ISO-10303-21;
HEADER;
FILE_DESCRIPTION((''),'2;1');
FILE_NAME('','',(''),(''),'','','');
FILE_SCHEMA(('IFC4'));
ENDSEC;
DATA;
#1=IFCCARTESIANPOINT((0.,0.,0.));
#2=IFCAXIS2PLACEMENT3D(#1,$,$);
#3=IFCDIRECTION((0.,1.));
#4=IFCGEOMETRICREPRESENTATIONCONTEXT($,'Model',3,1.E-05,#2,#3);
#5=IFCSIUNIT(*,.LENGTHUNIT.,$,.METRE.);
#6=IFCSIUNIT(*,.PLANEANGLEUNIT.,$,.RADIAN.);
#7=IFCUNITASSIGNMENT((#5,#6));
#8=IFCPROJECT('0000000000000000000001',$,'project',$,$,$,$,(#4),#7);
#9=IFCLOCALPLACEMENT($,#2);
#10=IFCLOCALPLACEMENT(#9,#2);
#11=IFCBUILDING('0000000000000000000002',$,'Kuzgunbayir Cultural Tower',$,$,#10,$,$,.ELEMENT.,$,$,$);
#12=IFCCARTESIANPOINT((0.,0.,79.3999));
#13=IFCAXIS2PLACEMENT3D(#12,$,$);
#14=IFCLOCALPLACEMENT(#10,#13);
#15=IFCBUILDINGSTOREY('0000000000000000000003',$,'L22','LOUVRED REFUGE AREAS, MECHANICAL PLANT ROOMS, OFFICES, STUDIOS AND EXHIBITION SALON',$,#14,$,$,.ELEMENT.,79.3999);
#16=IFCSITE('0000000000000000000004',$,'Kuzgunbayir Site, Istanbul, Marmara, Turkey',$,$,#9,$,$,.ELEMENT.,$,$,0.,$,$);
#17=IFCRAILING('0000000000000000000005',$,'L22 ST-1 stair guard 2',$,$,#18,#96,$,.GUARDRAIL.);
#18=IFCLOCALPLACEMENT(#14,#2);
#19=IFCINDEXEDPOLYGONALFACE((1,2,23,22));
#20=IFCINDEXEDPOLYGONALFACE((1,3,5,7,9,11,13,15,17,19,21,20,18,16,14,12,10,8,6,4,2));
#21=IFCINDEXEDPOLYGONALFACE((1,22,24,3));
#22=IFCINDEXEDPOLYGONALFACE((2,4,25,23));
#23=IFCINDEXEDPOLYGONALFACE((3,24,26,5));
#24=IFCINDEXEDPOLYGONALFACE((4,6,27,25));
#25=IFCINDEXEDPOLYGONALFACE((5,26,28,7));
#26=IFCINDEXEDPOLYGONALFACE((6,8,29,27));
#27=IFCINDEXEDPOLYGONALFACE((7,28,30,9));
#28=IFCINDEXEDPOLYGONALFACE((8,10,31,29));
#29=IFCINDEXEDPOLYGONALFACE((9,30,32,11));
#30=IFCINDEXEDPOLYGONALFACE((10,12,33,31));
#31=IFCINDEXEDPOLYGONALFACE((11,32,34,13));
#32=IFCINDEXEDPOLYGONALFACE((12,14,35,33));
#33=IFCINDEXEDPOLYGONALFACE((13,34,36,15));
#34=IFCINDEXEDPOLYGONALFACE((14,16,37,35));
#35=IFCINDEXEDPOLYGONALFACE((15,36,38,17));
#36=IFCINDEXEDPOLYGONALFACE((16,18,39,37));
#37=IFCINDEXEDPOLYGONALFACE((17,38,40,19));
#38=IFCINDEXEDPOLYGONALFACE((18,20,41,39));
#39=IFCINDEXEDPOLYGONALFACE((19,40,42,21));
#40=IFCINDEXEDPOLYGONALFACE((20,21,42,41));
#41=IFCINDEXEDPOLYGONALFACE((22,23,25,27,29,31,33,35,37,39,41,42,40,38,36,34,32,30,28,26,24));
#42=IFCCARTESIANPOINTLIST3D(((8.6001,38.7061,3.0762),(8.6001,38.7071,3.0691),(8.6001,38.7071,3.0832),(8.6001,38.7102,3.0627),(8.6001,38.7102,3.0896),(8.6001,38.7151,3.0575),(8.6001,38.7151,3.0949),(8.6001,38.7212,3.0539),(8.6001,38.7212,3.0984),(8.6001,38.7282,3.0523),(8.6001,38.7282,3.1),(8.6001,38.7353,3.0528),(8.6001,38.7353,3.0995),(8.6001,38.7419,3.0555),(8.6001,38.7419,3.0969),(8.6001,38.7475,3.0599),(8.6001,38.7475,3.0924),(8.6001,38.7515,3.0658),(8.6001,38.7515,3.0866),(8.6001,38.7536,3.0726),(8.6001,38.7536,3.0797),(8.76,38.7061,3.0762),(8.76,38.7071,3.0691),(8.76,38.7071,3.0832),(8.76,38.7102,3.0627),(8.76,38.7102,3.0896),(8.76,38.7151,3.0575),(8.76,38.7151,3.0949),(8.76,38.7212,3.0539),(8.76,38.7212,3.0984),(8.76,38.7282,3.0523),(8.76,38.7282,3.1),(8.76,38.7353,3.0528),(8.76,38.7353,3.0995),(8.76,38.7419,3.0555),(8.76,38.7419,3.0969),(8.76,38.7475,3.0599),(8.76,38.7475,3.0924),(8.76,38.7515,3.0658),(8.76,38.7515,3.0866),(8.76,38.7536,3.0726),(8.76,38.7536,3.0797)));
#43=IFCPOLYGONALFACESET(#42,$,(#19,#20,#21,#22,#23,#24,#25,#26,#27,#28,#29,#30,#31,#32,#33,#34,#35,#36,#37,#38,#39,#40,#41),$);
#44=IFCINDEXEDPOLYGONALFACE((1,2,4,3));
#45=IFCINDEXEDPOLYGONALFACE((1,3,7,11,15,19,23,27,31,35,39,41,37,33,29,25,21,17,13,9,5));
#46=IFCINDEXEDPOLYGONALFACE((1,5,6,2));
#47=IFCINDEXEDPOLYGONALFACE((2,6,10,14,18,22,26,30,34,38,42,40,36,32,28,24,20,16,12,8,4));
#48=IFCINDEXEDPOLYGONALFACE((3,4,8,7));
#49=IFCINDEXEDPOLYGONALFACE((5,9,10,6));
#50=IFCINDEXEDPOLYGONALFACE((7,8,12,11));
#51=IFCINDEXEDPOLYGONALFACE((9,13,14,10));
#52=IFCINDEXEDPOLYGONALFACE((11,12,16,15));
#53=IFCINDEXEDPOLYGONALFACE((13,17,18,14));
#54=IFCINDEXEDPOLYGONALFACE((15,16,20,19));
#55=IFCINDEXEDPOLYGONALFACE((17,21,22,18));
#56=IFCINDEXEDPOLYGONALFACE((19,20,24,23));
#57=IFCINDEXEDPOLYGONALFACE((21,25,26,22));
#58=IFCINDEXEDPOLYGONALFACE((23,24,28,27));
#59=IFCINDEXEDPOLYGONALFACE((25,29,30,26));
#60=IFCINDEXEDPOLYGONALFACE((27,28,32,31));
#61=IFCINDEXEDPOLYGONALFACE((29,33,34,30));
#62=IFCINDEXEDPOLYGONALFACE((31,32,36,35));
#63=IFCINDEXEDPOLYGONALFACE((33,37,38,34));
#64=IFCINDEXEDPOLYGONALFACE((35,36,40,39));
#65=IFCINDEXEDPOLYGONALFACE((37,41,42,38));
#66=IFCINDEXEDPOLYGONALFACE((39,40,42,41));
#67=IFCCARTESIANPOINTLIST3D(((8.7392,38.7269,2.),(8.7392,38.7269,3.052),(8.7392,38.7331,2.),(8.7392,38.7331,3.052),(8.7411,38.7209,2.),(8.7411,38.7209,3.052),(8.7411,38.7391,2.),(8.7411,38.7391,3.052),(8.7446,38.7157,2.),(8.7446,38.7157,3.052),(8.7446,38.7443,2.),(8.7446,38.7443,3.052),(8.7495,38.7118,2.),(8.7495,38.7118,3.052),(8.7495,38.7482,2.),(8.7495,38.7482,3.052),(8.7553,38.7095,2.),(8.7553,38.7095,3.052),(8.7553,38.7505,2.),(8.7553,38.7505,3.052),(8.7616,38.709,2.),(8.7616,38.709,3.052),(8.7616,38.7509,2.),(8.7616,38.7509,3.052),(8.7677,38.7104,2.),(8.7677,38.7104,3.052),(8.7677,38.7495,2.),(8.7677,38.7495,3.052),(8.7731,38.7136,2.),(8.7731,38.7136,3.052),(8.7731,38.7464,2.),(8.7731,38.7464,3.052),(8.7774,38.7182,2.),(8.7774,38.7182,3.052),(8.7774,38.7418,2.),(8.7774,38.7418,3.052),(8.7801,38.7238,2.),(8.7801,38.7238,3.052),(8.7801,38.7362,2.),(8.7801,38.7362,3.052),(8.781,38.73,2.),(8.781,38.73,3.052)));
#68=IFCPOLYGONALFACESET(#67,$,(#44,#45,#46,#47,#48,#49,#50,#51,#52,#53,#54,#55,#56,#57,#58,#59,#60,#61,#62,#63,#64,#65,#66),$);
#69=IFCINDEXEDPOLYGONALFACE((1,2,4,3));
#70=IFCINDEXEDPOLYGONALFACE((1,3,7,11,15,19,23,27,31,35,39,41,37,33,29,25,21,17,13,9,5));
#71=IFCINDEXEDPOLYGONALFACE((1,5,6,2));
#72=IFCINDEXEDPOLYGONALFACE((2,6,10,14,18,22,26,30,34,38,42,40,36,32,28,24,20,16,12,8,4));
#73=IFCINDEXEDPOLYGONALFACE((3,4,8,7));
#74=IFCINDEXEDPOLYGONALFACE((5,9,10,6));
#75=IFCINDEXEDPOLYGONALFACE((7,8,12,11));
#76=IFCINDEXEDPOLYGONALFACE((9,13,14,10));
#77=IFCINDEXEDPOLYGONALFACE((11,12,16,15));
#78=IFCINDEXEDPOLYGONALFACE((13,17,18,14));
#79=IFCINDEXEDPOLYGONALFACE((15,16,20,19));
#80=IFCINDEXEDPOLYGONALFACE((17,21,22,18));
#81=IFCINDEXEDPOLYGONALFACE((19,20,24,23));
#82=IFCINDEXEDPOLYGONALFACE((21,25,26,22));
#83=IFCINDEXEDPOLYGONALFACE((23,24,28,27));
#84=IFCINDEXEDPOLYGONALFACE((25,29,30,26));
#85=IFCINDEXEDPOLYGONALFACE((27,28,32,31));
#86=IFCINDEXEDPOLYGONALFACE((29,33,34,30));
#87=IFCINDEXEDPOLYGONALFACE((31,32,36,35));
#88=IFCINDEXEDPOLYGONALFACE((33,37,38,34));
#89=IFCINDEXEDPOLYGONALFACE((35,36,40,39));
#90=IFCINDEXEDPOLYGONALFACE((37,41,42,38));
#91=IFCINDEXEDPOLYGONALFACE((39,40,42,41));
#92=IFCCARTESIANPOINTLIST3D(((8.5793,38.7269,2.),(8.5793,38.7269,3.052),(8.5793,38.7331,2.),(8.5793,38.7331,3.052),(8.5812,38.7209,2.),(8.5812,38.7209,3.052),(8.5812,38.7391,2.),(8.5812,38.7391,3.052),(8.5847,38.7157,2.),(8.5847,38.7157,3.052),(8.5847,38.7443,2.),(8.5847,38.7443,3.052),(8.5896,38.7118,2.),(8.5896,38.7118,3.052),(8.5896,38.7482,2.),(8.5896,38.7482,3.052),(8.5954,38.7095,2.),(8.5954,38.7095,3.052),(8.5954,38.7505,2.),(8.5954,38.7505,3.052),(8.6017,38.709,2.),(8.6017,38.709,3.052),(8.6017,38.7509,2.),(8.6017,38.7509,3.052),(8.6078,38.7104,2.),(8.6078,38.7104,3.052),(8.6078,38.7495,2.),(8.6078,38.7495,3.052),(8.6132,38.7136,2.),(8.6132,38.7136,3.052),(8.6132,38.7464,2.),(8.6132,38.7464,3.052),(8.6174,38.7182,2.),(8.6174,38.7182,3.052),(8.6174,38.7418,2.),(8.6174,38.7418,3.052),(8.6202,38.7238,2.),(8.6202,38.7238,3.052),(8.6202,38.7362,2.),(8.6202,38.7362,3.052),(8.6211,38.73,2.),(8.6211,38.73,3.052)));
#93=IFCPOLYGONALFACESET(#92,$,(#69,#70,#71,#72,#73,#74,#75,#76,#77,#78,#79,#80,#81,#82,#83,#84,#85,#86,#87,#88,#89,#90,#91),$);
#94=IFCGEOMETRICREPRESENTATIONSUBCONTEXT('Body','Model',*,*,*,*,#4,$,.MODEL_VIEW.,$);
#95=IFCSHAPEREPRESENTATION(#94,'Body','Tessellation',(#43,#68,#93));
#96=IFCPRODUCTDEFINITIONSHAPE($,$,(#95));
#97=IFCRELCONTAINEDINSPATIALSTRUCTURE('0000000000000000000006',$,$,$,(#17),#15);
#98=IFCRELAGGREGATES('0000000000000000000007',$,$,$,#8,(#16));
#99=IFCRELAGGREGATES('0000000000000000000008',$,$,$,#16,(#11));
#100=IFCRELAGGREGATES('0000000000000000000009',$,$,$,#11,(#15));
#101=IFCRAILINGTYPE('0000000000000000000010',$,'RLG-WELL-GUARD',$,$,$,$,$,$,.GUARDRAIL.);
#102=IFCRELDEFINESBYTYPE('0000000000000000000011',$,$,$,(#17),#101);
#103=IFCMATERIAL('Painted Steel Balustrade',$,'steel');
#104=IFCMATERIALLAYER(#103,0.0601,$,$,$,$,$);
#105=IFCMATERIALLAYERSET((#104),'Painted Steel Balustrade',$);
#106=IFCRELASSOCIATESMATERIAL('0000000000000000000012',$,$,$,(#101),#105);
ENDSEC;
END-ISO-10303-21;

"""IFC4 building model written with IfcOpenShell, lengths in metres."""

from ifc_helpers import new_model, si_unit, direction, frame, origin, origin_2d, place, context, subcontext, project, spatial, circle, extrude, material, layer, layer_set, type_object, element, save


model = new_model("IFC4")

# Units and contexts
model_context = context("Model", 3, precision=1e-05, world=origin(), true_north=direction((0.0, 1.0)))
body_context = subcontext(model_context, "Body", "Model", "MODEL_VIEW")
ifc_project = project(units=[si_unit("LENGTHUNIT", "METRE"), si_unit("PLANEANGLEUNIT", "RADIAN")], contexts=[model_context])

# Site, building, storey
site_placement = place(None, origin())
site = spatial("IfcSite", under=ifc_project, at=site_placement, Name="Kuzgunbayir Site, Istanbul, Marmara, Turkey", CompositionType="ELEMENT", RefElevation=0.0)
building_placement = place(site_placement, origin())
building = spatial("IfcBuilding", under=site, at=building_placement, Name="Kuzgunbayir Cultural Tower", CompositionType="ELEMENT")
storey_placement = place(building_placement, frame((0.0, 0.0, 79.3999)))
storey = spatial("IfcBuildingStorey", under=building, at=storey_placement, Name="L22", Description="LOUVRED REFUGE AREAS, MECHANICAL PLANT ROOMS, OFFICES, STUDIOS AND EXHIBITION SALON", CompositionType="ELEMENT", Elevation=79.3999)

# Railing
ifc_material_1 = material(Name="Painted Steel Balustrade", Category="steel")
ifc_layer_1 = layer(ifc_material_1, 0.0601)
ifc_layer_set_1 = layer_set([ifc_layer_1], Name="Painted Steel Balustrade")
railing_type_1 = type_object("IfcRailingType", Name="RLG-WELL-GUARD", PredefinedType="GUARDRAIL", material=ifc_layer_set_1)
railing_1_placement = place(storey_placement, frame((8.76, 38.73, 2.0)))
element("IfcRailing", 1, at=railing_1_placement, inside=storey, type_object=railing_type_1, Name="L22 ST-1 stair guard 2", PredefinedType="GUARDRAIL", context=body_context, shape_type="SweptSolid", body=[
    extrude(circle(Radius=0.0239, at=origin_2d()), frame((0.0, 0.0, 1.0762), z_axis=(-1.0, 0.0, 0.0), x_axis=(0.0, -1.0, 0.0)), (0.0, 0.0, 1.0), 0.1599),
    extrude(circle(Radius=0.021, at=origin_2d()), origin(), (0.0, 0.0, 1.0), 1.052),
    extrude(circle(Radius=0.021, at=origin_2d()), frame((-0.1599, 0.0, 0.0)), (0.0, 0.0, 1.0), 1.052),
])

save(model, "model.ifc")
